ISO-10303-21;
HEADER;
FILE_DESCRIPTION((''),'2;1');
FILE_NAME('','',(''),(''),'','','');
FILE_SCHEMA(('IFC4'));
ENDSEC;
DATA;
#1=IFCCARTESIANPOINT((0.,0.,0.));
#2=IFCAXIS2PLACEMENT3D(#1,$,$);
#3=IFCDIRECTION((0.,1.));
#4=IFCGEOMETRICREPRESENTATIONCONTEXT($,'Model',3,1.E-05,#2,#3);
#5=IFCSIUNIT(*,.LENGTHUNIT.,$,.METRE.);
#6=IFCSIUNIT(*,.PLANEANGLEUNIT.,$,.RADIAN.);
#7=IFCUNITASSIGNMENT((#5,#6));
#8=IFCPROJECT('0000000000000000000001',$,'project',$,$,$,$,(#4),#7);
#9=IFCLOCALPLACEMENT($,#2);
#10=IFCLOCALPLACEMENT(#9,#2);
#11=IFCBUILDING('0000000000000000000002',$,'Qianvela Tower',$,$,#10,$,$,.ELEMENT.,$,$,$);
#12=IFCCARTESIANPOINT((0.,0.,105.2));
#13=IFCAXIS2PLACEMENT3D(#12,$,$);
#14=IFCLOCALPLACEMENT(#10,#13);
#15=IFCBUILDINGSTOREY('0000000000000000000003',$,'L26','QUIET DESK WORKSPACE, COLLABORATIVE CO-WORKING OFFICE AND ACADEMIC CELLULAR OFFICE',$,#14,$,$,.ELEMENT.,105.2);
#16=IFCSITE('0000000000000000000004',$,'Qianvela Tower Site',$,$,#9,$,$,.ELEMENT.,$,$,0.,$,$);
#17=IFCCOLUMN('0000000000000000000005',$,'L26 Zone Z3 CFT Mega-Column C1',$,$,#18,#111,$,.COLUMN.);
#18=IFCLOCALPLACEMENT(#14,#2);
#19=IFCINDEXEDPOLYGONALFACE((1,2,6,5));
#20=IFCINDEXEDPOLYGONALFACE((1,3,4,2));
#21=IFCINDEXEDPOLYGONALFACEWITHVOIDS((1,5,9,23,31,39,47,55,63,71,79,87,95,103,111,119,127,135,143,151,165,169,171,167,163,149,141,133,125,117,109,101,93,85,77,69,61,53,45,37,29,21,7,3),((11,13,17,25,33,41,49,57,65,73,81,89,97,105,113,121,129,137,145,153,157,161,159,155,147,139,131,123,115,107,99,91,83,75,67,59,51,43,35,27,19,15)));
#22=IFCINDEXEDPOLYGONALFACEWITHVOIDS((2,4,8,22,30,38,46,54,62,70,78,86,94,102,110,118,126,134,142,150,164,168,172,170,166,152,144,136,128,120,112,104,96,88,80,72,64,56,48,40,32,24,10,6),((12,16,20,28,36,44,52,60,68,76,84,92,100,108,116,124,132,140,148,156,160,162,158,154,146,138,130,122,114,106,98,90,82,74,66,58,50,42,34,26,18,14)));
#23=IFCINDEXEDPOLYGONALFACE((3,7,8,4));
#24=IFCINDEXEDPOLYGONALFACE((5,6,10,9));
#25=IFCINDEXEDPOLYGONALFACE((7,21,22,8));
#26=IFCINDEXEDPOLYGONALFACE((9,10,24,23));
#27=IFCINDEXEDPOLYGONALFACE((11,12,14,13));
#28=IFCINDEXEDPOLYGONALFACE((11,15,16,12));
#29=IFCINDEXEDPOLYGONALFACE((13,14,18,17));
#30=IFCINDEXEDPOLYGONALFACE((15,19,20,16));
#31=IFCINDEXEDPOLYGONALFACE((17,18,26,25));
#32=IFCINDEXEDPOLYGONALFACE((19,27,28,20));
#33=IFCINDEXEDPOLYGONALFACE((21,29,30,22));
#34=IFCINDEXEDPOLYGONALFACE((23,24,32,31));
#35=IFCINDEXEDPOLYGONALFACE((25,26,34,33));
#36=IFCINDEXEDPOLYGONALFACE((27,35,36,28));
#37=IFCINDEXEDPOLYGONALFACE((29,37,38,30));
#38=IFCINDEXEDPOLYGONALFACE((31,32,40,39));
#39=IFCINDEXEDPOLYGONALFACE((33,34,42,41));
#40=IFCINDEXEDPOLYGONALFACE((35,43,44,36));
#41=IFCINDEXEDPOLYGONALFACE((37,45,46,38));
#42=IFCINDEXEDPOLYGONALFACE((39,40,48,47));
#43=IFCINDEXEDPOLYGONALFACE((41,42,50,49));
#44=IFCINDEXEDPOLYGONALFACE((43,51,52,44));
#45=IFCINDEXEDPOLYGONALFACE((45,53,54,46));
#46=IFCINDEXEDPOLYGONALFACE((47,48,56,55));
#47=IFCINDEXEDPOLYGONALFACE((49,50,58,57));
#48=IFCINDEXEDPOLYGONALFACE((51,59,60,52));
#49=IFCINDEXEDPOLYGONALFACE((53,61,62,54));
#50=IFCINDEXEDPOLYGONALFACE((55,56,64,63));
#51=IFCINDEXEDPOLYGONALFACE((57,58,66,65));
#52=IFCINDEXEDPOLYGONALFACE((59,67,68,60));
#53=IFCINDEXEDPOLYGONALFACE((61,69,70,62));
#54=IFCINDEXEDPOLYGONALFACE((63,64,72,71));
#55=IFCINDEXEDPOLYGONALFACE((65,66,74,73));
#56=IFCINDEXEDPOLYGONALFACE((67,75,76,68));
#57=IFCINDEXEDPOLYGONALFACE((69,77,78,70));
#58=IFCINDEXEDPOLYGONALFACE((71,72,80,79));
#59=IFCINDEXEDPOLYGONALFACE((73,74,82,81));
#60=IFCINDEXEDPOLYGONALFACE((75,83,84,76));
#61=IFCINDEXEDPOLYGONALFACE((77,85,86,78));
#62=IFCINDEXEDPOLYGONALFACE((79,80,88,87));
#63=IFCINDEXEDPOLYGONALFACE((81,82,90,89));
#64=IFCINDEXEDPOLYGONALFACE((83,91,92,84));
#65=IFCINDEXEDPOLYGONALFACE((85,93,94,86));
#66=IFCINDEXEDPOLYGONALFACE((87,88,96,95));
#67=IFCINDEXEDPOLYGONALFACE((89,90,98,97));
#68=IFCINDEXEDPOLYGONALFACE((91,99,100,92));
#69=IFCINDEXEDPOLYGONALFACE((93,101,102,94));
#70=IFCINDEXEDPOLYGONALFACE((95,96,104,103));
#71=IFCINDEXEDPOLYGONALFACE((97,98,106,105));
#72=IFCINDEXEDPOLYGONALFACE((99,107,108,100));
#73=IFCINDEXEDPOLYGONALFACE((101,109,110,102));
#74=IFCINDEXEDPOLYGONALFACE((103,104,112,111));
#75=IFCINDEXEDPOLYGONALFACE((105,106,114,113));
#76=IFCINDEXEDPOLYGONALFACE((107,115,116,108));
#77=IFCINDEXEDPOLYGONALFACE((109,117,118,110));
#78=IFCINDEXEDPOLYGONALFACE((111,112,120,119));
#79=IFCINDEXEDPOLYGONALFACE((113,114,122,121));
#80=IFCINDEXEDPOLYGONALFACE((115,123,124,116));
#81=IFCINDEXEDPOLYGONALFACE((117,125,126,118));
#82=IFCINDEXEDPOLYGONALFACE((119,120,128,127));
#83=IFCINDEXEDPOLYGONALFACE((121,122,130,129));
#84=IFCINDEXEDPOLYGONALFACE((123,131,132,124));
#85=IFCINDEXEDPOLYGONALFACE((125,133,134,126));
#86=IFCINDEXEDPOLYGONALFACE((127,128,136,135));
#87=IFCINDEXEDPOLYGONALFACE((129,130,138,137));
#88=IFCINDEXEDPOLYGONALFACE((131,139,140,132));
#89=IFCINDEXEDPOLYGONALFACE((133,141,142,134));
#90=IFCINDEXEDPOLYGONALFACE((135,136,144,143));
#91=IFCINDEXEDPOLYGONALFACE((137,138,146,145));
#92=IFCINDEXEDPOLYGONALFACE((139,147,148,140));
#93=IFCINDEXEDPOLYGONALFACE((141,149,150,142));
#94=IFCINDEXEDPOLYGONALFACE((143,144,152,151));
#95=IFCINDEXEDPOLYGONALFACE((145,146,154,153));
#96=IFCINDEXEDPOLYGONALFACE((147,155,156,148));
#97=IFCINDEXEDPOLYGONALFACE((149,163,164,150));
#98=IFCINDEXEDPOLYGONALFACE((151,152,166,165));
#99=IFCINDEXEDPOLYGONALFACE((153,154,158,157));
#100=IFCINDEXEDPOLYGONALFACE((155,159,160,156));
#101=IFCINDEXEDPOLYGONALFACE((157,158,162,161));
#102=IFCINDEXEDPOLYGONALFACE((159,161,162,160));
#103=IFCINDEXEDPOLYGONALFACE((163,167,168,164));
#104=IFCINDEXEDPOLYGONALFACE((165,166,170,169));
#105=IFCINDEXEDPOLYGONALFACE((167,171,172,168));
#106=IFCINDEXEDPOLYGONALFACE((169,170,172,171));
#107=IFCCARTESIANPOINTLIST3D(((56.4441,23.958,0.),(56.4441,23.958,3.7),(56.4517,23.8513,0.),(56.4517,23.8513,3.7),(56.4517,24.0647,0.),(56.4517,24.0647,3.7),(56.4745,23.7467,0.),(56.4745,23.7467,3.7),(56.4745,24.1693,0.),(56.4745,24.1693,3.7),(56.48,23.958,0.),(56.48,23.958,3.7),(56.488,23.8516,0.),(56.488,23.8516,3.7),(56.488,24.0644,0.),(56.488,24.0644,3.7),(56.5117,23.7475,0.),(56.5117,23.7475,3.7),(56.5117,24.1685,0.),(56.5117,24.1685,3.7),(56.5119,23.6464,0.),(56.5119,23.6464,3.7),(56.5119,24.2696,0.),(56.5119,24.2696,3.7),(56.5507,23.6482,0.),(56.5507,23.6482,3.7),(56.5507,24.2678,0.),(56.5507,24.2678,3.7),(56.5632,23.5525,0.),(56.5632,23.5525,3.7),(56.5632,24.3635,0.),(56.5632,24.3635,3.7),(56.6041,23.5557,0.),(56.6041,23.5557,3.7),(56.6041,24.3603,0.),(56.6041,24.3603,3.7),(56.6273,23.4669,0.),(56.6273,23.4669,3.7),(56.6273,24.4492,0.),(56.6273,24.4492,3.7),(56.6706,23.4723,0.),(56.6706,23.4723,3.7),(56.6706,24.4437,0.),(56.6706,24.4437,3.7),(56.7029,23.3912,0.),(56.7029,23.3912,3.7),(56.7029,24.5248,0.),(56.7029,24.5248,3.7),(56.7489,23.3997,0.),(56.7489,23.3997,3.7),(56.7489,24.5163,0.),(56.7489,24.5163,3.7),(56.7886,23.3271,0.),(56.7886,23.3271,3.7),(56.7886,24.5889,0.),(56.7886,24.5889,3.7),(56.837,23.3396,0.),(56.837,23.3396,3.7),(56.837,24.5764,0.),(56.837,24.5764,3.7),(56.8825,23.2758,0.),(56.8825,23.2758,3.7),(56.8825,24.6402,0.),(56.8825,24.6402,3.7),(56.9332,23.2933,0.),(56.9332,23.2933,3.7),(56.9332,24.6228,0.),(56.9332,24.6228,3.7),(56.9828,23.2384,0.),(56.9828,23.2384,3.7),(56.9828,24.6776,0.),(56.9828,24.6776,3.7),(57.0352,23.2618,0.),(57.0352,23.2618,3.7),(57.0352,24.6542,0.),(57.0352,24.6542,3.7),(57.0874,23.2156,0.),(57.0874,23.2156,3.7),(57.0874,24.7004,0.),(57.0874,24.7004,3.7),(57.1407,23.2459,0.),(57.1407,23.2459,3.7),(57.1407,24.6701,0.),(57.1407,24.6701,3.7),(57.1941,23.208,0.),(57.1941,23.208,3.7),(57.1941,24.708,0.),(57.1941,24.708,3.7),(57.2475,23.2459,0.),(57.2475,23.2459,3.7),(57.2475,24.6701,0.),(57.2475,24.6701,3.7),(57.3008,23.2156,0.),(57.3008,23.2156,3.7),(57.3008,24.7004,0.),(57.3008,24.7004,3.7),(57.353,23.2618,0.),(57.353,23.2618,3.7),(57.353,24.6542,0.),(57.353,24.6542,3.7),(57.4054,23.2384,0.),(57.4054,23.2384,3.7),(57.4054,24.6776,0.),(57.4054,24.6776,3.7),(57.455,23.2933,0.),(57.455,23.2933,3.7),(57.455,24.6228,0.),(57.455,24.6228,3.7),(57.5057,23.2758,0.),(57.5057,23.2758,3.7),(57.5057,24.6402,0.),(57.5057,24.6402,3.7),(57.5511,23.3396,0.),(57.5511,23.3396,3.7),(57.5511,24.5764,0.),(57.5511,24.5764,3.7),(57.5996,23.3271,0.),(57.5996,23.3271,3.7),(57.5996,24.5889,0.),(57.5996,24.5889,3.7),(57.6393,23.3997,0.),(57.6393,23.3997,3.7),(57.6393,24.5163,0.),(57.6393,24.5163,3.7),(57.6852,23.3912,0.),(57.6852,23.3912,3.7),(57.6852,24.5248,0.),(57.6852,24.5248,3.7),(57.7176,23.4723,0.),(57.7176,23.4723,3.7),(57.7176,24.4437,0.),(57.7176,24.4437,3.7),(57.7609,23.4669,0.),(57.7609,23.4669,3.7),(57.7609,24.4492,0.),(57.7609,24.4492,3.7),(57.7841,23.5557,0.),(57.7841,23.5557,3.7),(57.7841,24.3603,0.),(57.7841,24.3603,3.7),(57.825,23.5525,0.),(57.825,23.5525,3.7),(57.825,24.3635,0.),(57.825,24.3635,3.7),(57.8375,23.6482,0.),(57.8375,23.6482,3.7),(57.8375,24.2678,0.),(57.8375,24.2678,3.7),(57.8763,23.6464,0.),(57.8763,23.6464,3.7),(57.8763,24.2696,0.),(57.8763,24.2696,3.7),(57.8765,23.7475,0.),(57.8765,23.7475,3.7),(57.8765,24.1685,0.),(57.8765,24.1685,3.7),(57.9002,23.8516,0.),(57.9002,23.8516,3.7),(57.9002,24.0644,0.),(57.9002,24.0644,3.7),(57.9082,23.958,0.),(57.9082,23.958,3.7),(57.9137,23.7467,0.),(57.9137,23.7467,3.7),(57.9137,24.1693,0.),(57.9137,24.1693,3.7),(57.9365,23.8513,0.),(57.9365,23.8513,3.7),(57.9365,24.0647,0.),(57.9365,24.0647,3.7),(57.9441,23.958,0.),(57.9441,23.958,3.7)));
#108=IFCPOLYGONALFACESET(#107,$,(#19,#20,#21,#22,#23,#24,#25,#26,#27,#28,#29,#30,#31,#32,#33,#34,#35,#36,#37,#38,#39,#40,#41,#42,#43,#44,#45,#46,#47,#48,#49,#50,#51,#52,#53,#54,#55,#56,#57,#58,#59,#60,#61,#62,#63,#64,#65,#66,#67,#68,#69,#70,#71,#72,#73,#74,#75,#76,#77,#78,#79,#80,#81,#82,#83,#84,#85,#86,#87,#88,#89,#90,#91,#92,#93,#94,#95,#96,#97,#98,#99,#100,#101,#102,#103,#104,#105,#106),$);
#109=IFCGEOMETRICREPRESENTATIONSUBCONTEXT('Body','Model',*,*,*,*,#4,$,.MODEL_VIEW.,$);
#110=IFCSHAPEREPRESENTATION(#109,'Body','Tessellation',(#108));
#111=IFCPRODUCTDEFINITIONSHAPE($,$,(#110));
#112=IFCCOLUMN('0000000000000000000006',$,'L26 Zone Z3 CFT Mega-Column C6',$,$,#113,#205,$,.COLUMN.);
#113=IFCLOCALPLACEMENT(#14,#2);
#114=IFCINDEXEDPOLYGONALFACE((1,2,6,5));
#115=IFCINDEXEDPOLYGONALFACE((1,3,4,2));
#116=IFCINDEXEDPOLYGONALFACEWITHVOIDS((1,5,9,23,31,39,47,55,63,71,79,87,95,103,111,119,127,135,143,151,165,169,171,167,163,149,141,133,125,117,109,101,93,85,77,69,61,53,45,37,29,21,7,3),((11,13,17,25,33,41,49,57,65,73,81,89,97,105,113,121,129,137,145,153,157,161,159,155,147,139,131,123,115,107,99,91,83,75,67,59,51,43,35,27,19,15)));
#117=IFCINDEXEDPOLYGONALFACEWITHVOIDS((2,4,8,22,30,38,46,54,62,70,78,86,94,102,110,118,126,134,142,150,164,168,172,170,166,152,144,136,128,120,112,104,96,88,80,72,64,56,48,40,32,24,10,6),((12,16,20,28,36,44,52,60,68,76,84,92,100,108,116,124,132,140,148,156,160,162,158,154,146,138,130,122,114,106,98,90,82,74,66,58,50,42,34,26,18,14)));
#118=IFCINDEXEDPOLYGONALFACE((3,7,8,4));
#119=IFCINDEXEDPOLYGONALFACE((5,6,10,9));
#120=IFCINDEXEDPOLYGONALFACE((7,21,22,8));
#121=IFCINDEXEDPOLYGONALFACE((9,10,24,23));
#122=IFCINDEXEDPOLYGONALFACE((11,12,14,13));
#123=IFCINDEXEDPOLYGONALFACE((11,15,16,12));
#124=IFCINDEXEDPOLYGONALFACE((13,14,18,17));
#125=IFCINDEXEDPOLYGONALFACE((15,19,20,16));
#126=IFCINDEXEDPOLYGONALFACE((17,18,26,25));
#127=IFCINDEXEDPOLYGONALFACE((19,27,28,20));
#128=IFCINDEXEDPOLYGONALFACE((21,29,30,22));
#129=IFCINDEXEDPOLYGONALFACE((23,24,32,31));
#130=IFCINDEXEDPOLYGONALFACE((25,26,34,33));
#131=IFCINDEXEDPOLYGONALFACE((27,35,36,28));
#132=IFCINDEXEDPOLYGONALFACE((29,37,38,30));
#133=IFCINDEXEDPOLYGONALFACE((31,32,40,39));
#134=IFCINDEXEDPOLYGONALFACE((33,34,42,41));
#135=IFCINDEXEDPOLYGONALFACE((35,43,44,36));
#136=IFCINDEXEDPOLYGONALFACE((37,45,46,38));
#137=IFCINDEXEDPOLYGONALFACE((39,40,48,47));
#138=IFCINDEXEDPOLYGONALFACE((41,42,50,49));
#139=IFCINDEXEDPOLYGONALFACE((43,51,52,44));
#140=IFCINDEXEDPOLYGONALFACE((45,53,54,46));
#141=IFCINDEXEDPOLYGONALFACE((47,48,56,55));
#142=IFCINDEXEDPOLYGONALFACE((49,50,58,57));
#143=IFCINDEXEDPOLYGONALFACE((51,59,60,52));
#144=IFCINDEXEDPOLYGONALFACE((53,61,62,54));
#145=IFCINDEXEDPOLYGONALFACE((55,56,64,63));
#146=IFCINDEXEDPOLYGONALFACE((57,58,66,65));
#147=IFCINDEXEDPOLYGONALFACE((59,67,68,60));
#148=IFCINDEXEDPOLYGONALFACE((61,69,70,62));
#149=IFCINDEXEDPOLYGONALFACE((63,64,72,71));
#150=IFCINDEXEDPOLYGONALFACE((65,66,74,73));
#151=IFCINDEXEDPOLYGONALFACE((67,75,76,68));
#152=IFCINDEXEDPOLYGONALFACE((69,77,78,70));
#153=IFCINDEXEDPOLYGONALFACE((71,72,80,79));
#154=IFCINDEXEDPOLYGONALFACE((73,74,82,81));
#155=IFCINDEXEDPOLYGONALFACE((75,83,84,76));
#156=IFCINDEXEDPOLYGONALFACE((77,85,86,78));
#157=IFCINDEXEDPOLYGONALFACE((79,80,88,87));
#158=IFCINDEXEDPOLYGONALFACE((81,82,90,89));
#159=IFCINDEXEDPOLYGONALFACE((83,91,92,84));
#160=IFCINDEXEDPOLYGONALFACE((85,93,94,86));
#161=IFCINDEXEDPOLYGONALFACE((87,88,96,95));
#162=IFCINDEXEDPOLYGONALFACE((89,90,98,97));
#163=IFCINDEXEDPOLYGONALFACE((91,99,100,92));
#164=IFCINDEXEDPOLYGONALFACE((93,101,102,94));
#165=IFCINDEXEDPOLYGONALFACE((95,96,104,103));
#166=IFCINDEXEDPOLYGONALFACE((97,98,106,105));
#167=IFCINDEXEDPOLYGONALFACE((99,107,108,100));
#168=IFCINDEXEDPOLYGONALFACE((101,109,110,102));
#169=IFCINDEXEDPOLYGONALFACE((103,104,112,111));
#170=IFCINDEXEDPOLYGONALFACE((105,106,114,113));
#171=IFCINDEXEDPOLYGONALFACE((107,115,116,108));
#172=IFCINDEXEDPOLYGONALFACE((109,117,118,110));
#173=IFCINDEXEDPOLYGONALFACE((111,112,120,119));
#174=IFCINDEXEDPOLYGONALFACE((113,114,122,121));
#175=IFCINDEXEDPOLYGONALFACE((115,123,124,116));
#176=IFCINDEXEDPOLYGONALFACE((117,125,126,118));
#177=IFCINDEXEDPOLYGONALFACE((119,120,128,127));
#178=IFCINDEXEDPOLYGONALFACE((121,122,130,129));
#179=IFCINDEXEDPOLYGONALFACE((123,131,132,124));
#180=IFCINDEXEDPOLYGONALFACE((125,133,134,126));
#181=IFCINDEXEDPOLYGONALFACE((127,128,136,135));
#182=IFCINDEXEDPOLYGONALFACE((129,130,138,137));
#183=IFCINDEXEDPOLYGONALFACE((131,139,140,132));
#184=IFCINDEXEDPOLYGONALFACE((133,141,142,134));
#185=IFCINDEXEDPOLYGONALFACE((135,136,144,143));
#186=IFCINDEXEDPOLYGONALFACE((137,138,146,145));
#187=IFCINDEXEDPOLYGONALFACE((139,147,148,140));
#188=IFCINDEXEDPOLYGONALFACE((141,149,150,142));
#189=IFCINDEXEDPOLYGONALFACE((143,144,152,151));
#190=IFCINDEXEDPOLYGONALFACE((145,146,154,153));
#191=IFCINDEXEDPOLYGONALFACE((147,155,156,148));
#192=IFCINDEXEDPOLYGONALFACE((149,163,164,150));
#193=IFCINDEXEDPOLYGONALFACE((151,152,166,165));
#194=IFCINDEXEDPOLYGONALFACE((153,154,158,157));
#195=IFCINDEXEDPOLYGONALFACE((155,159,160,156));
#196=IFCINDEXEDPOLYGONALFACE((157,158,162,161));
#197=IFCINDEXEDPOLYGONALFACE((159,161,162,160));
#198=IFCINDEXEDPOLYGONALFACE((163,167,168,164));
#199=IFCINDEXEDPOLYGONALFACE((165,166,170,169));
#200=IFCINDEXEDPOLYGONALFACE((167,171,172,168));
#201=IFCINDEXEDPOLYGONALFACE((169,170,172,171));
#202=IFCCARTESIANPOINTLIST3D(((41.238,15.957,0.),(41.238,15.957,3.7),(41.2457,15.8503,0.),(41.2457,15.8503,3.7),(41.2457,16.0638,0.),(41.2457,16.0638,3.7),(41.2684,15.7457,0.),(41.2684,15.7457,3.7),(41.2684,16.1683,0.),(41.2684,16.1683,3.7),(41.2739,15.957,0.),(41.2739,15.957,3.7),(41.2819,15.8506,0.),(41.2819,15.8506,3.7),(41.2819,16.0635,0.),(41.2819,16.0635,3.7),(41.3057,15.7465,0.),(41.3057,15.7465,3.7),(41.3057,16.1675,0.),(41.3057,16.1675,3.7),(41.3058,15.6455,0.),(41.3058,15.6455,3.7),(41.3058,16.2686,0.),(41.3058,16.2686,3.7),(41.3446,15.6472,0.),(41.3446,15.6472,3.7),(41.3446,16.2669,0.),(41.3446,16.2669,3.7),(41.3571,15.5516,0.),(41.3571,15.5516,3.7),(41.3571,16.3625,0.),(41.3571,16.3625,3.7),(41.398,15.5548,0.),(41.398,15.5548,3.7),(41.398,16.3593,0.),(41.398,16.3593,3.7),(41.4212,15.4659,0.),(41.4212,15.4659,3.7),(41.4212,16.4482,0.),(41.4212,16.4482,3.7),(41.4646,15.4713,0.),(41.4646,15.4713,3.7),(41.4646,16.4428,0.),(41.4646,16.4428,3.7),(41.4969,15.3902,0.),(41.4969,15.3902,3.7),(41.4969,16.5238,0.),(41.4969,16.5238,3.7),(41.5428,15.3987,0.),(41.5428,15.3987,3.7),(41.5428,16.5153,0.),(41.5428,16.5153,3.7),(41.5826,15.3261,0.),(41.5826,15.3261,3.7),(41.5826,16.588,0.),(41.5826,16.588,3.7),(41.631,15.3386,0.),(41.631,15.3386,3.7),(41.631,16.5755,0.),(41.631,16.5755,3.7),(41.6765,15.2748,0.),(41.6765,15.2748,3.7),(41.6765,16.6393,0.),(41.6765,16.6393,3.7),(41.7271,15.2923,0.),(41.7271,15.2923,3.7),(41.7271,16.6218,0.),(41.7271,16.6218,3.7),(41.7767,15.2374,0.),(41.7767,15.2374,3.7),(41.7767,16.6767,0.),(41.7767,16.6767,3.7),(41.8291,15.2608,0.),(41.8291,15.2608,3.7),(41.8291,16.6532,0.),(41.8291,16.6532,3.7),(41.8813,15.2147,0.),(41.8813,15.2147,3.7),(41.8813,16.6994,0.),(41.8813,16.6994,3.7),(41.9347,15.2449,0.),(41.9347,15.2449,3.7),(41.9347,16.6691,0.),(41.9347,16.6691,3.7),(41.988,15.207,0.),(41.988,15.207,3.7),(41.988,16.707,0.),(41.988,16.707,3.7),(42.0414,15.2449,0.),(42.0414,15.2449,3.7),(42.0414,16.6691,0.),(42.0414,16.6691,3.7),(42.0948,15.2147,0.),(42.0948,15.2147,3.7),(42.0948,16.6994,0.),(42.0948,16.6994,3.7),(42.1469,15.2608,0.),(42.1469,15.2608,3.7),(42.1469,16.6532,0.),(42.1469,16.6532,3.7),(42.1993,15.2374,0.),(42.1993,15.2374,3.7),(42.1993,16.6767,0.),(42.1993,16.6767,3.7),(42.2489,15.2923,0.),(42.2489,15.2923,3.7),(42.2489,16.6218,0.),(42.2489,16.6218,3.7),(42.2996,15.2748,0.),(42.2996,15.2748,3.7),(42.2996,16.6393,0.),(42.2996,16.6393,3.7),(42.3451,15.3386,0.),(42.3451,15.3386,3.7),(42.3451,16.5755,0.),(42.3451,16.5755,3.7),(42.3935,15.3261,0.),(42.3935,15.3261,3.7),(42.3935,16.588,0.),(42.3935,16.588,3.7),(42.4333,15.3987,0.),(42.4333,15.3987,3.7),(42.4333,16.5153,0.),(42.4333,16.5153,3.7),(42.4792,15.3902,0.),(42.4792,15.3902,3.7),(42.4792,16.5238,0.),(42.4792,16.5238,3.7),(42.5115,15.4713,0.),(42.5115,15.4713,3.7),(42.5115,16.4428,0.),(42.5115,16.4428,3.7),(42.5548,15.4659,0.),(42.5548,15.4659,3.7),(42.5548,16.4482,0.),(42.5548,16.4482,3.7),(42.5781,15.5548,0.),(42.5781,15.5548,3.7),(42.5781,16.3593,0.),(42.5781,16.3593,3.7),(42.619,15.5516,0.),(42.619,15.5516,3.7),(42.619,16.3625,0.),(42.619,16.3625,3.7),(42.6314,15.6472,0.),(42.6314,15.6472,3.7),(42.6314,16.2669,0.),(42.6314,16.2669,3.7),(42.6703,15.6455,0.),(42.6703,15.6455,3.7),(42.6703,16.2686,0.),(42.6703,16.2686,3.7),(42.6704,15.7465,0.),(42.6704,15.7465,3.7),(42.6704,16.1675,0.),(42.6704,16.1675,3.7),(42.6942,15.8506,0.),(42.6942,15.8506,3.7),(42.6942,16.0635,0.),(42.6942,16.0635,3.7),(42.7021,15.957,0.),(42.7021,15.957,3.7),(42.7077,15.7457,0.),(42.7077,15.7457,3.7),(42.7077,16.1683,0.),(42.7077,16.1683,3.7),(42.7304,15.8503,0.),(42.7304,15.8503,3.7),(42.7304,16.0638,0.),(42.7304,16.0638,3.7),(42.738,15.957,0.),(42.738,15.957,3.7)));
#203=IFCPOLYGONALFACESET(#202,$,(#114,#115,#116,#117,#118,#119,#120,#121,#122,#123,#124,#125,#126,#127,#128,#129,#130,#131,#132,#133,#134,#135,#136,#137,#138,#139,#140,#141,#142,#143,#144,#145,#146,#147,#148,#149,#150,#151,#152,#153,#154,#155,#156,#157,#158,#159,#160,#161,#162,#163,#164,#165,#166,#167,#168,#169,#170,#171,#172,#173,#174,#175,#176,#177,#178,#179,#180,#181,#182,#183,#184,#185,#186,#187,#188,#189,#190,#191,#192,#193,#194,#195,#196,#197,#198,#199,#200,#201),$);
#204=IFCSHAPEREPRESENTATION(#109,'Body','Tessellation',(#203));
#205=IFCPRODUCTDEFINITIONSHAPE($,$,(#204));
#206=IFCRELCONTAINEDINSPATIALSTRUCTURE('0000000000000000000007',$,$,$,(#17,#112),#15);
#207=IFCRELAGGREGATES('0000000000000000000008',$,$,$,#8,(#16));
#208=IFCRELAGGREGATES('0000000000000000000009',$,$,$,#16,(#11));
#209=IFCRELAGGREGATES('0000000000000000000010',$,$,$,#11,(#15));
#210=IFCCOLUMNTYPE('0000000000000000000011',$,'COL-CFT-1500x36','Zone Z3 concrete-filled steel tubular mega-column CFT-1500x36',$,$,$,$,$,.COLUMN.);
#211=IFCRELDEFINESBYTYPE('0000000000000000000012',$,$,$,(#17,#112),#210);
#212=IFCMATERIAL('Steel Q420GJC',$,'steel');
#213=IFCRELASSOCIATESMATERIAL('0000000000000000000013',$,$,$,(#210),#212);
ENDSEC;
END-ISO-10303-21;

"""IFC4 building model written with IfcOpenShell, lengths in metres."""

from ifc_helpers import new_model, si_unit, direction, frame, origin, origin_2d, place, context, subcontext, project, spatial, hollow_circle, extrude, material, material_profile, profile_set, type_object, element, save


model = new_model("IFC4")

# Units and contexts
model_context = context("Model", 3, precision=1e-05, world=origin(), true_north=direction((0.0, 1.0)))
body_context = subcontext(model_context, "Body", "Model", "MODEL_VIEW")
ifc_project = project(units=[si_unit("LENGTHUNIT", "METRE"), si_unit("PLANEANGLEUNIT", "RADIAN")], contexts=[model_context])

# Site, building, storey
site_placement = place(None, origin())
site = spatial("IfcSite", under=ifc_project, at=site_placement, Name="Qianvela Tower Site", CompositionType="ELEMENT", RefElevation=0.0)
building_placement = place(site_placement, origin())
building = spatial("IfcBuilding", under=site, at=building_placement, Name="Qianvela Tower", CompositionType="ELEMENT")
storey_placement = place(building_placement, frame((0.0, 0.0, 105.2)))
storey = spatial("IfcBuildingStorey", under=building, at=storey_placement, Name="L26", Description="QUIET DESK WORKSPACE, COLLABORATIVE CO-WORKING OFFICE AND ACADEMIC CELLULAR OFFICE", CompositionType="ELEMENT", Elevation=105.2)

# Columns
ifc_material_1 = material(Name="Steel Q420GJC", Category="steel")
ifc_material_profile_1 = material_profile(ifc_material_1, hollow_circle(Radius=0.75, WallThickness=0.0359, at=origin_2d()), Name="CFT-1500x36")
ifc_profile_set_1 = profile_set([ifc_material_profile_1], Name="Steel Q420GJC")
column_type = type_object("IfcColumnType", Name="COL-CFT-1500x36", Description="Zone Z3 concrete-filled steel tubular mega-column CFT-1500x36", PredefinedType="COLUMN", material=ifc_profile_set_1)
for number, where, z_axis, x_axis, name in (
    (1, (57.1941, 23.958, 0.0), (0.0, 0.0, 1.0), (1.0, 0.0, 0.0), "L26 Zone Z3 CFT Mega-Column C1"),
    (2, (41.988, 15.957, 0.0), (0.0, 0.0, 1.0), (1.0, 0.0, 0.0), "L26 Zone Z3 CFT Mega-Column C6"),
):
    element("IfcColumn", number, at=place(storey_placement, frame(where, z_axis=z_axis, x_axis=x_axis)), inside=storey, type_object=column_type, Name=name, PredefinedType="COLUMN", context=body_context, shape_type="SweptSolid", body=[
        extrude(hollow_circle(Radius=0.75, WallThickness=0.0359, at=origin_2d()), origin(), (0.0, 0.0, 1.0), 3.7),
    ])

save(model, "model.ifc")
